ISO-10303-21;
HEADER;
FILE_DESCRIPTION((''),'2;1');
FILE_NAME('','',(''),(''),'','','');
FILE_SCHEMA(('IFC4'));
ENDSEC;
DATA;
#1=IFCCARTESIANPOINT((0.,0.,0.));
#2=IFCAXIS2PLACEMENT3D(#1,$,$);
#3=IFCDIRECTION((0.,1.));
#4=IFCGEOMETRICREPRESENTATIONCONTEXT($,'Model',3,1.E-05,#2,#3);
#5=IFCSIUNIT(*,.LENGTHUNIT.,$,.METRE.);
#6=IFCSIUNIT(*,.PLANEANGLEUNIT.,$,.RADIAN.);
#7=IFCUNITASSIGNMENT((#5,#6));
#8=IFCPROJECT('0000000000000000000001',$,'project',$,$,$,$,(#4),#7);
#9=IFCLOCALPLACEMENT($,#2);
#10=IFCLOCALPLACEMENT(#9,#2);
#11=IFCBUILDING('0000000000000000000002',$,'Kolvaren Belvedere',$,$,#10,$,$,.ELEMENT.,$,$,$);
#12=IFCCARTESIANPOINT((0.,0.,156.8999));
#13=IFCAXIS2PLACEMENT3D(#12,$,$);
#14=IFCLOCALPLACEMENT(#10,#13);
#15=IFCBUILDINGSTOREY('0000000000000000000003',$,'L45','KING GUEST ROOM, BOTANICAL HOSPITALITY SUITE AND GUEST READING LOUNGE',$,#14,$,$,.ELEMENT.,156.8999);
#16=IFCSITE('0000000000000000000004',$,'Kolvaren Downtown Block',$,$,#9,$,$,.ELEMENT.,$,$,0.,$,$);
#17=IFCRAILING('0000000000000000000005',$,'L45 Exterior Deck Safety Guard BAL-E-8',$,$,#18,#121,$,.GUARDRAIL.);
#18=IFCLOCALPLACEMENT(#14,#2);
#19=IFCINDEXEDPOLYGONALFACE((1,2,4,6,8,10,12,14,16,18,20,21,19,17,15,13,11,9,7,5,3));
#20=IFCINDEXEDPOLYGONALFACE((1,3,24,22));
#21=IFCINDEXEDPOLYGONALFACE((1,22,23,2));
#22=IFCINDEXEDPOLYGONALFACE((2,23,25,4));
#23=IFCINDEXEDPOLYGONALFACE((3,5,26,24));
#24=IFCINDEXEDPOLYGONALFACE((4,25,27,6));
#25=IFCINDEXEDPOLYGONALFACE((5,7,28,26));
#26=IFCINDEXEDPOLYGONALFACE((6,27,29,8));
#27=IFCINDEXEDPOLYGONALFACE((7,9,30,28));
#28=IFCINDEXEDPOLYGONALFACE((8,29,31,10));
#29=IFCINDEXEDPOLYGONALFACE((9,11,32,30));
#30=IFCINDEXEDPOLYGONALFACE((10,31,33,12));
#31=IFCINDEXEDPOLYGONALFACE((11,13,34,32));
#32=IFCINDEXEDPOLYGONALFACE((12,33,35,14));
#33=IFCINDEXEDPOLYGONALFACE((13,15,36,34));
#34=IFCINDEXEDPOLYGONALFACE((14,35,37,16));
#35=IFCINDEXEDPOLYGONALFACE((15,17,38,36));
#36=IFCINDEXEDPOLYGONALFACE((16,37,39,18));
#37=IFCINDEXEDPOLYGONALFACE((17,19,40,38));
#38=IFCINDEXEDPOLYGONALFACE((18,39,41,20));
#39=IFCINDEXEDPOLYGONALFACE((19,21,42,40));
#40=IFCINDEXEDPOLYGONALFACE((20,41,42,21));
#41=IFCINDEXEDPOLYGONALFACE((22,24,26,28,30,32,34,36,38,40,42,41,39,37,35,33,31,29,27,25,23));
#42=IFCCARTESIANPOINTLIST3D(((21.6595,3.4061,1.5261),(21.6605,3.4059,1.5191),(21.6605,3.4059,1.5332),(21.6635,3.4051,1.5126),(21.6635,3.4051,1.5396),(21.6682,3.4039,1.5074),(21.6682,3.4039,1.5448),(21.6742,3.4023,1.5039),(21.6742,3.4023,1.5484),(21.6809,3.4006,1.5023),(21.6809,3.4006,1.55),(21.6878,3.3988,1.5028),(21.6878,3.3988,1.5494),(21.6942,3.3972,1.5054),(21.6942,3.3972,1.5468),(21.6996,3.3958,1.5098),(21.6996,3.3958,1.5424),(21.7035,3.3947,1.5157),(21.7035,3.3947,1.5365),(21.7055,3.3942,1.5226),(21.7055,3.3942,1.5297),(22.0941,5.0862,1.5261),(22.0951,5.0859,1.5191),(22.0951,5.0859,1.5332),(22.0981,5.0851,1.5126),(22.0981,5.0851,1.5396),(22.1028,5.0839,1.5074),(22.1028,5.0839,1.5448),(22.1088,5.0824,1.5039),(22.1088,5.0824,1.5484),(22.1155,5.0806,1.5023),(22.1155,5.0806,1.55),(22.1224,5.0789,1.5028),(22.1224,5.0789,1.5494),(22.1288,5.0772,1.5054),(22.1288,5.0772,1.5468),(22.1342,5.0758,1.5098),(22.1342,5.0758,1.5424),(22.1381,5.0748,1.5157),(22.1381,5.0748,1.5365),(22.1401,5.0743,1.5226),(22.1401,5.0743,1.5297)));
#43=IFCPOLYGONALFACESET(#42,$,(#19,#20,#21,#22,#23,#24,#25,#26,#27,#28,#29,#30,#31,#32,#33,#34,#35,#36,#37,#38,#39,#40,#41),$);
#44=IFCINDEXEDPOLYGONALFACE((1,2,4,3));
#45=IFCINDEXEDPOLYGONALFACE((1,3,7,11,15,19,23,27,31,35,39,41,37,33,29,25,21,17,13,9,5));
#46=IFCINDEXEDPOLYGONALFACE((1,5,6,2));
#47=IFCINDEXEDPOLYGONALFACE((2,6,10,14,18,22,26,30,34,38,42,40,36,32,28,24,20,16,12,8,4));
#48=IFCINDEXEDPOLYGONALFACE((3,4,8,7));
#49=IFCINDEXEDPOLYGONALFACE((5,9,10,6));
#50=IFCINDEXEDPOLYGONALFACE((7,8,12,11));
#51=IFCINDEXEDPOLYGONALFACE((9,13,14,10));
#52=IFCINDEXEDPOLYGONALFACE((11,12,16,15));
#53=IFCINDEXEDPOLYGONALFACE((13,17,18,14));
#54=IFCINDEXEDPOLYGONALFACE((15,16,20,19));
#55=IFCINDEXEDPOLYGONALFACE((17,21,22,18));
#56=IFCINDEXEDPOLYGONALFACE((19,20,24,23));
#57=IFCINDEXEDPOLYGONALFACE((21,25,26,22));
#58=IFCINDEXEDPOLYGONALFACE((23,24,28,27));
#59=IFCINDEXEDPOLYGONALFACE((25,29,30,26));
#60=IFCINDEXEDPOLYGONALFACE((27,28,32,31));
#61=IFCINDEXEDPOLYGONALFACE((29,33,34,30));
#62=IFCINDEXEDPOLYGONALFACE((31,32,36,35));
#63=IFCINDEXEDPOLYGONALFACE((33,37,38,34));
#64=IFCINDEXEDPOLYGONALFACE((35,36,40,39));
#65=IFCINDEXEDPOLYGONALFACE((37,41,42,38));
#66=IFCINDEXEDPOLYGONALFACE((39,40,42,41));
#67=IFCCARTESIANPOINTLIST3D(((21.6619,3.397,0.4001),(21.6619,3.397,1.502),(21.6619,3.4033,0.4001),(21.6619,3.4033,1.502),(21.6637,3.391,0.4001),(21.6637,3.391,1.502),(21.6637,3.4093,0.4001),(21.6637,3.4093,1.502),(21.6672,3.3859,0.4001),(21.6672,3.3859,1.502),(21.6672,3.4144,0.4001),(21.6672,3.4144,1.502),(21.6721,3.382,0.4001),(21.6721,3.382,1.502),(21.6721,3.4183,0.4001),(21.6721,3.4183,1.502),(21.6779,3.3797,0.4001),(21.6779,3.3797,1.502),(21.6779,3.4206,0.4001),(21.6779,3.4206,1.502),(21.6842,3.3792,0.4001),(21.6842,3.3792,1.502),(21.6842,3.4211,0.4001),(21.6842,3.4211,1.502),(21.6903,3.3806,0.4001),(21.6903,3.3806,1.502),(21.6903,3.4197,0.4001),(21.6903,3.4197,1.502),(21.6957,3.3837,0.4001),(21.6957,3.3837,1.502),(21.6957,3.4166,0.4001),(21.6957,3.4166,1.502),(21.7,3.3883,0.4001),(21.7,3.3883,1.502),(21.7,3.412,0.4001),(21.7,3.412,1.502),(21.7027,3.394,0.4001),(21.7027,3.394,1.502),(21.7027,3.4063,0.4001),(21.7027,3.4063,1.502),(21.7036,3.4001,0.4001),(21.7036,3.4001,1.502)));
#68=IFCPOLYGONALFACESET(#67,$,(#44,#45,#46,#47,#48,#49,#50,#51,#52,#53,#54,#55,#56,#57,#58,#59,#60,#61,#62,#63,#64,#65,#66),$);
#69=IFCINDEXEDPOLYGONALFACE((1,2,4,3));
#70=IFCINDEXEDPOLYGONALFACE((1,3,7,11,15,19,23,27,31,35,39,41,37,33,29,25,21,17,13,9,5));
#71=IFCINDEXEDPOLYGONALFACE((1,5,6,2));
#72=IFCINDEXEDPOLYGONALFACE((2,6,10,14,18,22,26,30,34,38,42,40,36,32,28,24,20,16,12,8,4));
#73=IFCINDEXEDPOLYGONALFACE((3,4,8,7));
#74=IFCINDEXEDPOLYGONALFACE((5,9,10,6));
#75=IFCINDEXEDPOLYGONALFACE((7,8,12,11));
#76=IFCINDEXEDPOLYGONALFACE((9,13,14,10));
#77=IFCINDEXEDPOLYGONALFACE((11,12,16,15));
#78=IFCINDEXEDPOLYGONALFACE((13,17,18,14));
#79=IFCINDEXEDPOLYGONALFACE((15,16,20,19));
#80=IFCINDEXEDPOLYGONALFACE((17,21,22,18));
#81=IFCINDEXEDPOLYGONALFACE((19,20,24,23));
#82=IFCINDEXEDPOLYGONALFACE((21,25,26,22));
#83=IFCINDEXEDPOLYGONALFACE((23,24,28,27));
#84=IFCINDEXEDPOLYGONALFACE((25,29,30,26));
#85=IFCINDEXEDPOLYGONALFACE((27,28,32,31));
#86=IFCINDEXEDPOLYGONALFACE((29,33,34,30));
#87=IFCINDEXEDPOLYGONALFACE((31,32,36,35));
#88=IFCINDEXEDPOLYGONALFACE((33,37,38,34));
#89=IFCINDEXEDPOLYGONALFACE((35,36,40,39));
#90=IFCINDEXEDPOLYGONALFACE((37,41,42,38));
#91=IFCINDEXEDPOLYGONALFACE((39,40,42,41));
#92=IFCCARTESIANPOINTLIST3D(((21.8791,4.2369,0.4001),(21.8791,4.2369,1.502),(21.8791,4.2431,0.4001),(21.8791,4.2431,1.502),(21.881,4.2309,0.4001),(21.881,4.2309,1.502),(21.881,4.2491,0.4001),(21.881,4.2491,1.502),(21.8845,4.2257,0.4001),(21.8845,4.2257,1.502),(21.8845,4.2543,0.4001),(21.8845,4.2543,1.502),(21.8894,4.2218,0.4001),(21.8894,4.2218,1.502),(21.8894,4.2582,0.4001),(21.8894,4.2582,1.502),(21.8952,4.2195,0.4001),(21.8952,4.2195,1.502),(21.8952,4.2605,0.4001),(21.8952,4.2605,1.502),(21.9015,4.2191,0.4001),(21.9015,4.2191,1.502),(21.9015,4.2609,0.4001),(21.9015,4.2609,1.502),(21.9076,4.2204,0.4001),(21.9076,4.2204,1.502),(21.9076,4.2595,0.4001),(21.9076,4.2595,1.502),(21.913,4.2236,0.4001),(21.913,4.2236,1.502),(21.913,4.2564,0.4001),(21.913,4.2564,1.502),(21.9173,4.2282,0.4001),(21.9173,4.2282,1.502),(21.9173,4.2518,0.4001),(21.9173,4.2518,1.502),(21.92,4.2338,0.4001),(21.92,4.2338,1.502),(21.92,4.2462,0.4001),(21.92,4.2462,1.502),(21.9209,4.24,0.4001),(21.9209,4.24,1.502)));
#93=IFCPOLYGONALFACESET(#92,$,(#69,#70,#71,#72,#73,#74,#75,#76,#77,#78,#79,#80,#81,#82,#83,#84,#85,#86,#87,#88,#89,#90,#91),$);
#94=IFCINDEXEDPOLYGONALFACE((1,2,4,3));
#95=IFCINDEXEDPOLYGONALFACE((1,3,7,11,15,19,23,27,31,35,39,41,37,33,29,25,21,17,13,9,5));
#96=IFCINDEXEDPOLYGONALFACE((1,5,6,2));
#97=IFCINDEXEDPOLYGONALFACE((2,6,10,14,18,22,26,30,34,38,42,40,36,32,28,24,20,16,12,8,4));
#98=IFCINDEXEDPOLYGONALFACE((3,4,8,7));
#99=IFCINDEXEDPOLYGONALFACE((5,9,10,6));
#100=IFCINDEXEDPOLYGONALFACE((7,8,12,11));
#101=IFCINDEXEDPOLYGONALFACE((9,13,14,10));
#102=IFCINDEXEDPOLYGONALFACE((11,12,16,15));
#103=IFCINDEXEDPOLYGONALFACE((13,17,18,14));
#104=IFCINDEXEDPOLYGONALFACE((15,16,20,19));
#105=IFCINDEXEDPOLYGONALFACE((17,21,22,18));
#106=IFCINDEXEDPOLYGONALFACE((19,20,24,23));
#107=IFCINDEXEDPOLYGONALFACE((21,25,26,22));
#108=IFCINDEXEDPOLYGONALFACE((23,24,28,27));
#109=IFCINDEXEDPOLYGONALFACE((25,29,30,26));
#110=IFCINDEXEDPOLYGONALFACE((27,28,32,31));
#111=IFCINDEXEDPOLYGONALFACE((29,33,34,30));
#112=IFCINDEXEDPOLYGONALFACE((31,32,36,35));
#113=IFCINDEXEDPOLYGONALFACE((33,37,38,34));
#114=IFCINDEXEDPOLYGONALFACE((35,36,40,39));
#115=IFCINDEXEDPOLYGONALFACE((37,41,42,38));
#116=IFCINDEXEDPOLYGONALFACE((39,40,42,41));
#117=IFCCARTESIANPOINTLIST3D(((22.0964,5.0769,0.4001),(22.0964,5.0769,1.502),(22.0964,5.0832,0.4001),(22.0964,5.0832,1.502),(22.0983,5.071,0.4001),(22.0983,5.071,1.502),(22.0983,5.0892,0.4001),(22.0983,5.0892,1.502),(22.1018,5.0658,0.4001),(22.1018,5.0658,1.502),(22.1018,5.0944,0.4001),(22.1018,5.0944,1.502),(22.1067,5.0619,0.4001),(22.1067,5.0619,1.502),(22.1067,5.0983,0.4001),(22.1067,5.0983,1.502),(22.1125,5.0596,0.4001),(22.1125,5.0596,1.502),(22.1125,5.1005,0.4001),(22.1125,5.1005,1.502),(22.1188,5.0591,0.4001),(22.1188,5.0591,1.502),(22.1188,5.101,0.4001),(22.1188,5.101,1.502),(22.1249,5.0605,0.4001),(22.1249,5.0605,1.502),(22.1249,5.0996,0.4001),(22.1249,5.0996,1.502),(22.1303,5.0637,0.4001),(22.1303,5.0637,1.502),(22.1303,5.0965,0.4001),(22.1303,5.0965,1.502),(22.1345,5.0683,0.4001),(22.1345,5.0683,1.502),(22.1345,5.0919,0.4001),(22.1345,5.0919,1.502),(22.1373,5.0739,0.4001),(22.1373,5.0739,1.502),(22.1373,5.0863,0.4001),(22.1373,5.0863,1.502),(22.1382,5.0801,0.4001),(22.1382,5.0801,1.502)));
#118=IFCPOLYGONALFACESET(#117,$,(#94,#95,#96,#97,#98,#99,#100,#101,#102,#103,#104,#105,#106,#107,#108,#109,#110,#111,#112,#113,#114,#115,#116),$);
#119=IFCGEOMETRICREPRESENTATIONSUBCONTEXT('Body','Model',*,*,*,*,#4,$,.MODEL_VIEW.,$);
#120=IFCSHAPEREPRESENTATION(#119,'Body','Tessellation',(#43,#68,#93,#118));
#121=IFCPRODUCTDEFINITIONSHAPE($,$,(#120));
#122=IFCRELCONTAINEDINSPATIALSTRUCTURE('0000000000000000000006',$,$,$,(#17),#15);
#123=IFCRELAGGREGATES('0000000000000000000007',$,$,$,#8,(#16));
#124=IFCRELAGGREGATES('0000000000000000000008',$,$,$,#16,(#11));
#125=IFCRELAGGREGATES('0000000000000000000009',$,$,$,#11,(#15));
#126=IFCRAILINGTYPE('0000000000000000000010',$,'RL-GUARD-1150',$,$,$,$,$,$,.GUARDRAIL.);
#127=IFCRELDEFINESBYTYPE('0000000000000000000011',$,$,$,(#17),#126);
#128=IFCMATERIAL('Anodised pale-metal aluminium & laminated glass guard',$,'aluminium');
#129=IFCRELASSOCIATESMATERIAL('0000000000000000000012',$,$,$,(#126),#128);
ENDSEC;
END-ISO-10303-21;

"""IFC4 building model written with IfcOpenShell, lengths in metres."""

from ifc_helpers import new_model, si_unit, direction, frame, origin, origin_2d, place, context, subcontext, project, spatial, circle, extrude, material, type_object, element, save


model = new_model("IFC4")

# Units and contexts
model_context = context("Model", 3, precision=1e-05, world=origin(), true_north=direction((0.0, 1.0)))
body_context = subcontext(model_context, "Body", "Model", "MODEL_VIEW")
ifc_project = project(units=[si_unit("LENGTHUNIT", "METRE"), si_unit("PLANEANGLEUNIT", "RADIAN")], contexts=[model_context])

# Site, building, storey
site_placement = place(None, origin())
site = spatial("IfcSite", under=ifc_project, at=site_placement, Name="Kolvaren Downtown Block", CompositionType="ELEMENT", RefElevation=0.0)
building_placement = place(site_placement, origin())
building = spatial("IfcBuilding", under=site, at=building_placement, Name="Kolvaren Belvedere", CompositionType="ELEMENT")
storey_placement = place(building_placement, frame((0.0, 0.0, 156.8999)))
storey = spatial("IfcBuildingStorey", under=building, at=storey_placement, Name="L45", Description="KING GUEST ROOM, BOTANICAL HOSPITALITY SUITE AND GUEST READING LOUNGE", CompositionType="ELEMENT", Elevation=156.8999)

# Railing
ifc_material_1 = material(Name="Anodised pale-metal aluminium & laminated glass guard", Category="aluminium")
railing_type = type_object("IfcRailingType", Name="RL-GUARD-1150", PredefinedType="GUARDRAIL", material=ifc_material_1)
railing_1_placement = place(storey_placement, frame((21.6826, 3.4001, 0.4001)))
element("IfcRailing", 1, at=railing_1_placement, inside=storey, type_object=railing_type, Name="L45 Exterior Deck Safety Guard BAL-E-8", PredefinedType="GUARDRAIL", context=body_context, shape_type="SweptSolid", body=[
    extrude(circle(Radius=0.0239, at=origin_2d()), frame((0.0, 0.0, 1.126), z_axis=(0.25044, 0.968132, 0.0), x_axis=(-0.968132, 0.25044, 0.0)), (0.0, 0.0, 1.0), 1.7354),
    extrude(circle(Radius=0.021, at=origin_2d()), origin(), (0.0, 0.0, 1.0), 1.1018),
    extrude(circle(Radius=0.021, at=origin_2d()), frame((0.2173, 0.8398, 0.0)), (0.0, 0.0, 1.0), 1.1018),
    extrude(circle(Radius=0.021, at=origin_2d()), frame((0.4346, 1.6799, 0.0)), (0.0, 0.0, 1.0), 1.1018),
])

save(model, "model.ifc")
